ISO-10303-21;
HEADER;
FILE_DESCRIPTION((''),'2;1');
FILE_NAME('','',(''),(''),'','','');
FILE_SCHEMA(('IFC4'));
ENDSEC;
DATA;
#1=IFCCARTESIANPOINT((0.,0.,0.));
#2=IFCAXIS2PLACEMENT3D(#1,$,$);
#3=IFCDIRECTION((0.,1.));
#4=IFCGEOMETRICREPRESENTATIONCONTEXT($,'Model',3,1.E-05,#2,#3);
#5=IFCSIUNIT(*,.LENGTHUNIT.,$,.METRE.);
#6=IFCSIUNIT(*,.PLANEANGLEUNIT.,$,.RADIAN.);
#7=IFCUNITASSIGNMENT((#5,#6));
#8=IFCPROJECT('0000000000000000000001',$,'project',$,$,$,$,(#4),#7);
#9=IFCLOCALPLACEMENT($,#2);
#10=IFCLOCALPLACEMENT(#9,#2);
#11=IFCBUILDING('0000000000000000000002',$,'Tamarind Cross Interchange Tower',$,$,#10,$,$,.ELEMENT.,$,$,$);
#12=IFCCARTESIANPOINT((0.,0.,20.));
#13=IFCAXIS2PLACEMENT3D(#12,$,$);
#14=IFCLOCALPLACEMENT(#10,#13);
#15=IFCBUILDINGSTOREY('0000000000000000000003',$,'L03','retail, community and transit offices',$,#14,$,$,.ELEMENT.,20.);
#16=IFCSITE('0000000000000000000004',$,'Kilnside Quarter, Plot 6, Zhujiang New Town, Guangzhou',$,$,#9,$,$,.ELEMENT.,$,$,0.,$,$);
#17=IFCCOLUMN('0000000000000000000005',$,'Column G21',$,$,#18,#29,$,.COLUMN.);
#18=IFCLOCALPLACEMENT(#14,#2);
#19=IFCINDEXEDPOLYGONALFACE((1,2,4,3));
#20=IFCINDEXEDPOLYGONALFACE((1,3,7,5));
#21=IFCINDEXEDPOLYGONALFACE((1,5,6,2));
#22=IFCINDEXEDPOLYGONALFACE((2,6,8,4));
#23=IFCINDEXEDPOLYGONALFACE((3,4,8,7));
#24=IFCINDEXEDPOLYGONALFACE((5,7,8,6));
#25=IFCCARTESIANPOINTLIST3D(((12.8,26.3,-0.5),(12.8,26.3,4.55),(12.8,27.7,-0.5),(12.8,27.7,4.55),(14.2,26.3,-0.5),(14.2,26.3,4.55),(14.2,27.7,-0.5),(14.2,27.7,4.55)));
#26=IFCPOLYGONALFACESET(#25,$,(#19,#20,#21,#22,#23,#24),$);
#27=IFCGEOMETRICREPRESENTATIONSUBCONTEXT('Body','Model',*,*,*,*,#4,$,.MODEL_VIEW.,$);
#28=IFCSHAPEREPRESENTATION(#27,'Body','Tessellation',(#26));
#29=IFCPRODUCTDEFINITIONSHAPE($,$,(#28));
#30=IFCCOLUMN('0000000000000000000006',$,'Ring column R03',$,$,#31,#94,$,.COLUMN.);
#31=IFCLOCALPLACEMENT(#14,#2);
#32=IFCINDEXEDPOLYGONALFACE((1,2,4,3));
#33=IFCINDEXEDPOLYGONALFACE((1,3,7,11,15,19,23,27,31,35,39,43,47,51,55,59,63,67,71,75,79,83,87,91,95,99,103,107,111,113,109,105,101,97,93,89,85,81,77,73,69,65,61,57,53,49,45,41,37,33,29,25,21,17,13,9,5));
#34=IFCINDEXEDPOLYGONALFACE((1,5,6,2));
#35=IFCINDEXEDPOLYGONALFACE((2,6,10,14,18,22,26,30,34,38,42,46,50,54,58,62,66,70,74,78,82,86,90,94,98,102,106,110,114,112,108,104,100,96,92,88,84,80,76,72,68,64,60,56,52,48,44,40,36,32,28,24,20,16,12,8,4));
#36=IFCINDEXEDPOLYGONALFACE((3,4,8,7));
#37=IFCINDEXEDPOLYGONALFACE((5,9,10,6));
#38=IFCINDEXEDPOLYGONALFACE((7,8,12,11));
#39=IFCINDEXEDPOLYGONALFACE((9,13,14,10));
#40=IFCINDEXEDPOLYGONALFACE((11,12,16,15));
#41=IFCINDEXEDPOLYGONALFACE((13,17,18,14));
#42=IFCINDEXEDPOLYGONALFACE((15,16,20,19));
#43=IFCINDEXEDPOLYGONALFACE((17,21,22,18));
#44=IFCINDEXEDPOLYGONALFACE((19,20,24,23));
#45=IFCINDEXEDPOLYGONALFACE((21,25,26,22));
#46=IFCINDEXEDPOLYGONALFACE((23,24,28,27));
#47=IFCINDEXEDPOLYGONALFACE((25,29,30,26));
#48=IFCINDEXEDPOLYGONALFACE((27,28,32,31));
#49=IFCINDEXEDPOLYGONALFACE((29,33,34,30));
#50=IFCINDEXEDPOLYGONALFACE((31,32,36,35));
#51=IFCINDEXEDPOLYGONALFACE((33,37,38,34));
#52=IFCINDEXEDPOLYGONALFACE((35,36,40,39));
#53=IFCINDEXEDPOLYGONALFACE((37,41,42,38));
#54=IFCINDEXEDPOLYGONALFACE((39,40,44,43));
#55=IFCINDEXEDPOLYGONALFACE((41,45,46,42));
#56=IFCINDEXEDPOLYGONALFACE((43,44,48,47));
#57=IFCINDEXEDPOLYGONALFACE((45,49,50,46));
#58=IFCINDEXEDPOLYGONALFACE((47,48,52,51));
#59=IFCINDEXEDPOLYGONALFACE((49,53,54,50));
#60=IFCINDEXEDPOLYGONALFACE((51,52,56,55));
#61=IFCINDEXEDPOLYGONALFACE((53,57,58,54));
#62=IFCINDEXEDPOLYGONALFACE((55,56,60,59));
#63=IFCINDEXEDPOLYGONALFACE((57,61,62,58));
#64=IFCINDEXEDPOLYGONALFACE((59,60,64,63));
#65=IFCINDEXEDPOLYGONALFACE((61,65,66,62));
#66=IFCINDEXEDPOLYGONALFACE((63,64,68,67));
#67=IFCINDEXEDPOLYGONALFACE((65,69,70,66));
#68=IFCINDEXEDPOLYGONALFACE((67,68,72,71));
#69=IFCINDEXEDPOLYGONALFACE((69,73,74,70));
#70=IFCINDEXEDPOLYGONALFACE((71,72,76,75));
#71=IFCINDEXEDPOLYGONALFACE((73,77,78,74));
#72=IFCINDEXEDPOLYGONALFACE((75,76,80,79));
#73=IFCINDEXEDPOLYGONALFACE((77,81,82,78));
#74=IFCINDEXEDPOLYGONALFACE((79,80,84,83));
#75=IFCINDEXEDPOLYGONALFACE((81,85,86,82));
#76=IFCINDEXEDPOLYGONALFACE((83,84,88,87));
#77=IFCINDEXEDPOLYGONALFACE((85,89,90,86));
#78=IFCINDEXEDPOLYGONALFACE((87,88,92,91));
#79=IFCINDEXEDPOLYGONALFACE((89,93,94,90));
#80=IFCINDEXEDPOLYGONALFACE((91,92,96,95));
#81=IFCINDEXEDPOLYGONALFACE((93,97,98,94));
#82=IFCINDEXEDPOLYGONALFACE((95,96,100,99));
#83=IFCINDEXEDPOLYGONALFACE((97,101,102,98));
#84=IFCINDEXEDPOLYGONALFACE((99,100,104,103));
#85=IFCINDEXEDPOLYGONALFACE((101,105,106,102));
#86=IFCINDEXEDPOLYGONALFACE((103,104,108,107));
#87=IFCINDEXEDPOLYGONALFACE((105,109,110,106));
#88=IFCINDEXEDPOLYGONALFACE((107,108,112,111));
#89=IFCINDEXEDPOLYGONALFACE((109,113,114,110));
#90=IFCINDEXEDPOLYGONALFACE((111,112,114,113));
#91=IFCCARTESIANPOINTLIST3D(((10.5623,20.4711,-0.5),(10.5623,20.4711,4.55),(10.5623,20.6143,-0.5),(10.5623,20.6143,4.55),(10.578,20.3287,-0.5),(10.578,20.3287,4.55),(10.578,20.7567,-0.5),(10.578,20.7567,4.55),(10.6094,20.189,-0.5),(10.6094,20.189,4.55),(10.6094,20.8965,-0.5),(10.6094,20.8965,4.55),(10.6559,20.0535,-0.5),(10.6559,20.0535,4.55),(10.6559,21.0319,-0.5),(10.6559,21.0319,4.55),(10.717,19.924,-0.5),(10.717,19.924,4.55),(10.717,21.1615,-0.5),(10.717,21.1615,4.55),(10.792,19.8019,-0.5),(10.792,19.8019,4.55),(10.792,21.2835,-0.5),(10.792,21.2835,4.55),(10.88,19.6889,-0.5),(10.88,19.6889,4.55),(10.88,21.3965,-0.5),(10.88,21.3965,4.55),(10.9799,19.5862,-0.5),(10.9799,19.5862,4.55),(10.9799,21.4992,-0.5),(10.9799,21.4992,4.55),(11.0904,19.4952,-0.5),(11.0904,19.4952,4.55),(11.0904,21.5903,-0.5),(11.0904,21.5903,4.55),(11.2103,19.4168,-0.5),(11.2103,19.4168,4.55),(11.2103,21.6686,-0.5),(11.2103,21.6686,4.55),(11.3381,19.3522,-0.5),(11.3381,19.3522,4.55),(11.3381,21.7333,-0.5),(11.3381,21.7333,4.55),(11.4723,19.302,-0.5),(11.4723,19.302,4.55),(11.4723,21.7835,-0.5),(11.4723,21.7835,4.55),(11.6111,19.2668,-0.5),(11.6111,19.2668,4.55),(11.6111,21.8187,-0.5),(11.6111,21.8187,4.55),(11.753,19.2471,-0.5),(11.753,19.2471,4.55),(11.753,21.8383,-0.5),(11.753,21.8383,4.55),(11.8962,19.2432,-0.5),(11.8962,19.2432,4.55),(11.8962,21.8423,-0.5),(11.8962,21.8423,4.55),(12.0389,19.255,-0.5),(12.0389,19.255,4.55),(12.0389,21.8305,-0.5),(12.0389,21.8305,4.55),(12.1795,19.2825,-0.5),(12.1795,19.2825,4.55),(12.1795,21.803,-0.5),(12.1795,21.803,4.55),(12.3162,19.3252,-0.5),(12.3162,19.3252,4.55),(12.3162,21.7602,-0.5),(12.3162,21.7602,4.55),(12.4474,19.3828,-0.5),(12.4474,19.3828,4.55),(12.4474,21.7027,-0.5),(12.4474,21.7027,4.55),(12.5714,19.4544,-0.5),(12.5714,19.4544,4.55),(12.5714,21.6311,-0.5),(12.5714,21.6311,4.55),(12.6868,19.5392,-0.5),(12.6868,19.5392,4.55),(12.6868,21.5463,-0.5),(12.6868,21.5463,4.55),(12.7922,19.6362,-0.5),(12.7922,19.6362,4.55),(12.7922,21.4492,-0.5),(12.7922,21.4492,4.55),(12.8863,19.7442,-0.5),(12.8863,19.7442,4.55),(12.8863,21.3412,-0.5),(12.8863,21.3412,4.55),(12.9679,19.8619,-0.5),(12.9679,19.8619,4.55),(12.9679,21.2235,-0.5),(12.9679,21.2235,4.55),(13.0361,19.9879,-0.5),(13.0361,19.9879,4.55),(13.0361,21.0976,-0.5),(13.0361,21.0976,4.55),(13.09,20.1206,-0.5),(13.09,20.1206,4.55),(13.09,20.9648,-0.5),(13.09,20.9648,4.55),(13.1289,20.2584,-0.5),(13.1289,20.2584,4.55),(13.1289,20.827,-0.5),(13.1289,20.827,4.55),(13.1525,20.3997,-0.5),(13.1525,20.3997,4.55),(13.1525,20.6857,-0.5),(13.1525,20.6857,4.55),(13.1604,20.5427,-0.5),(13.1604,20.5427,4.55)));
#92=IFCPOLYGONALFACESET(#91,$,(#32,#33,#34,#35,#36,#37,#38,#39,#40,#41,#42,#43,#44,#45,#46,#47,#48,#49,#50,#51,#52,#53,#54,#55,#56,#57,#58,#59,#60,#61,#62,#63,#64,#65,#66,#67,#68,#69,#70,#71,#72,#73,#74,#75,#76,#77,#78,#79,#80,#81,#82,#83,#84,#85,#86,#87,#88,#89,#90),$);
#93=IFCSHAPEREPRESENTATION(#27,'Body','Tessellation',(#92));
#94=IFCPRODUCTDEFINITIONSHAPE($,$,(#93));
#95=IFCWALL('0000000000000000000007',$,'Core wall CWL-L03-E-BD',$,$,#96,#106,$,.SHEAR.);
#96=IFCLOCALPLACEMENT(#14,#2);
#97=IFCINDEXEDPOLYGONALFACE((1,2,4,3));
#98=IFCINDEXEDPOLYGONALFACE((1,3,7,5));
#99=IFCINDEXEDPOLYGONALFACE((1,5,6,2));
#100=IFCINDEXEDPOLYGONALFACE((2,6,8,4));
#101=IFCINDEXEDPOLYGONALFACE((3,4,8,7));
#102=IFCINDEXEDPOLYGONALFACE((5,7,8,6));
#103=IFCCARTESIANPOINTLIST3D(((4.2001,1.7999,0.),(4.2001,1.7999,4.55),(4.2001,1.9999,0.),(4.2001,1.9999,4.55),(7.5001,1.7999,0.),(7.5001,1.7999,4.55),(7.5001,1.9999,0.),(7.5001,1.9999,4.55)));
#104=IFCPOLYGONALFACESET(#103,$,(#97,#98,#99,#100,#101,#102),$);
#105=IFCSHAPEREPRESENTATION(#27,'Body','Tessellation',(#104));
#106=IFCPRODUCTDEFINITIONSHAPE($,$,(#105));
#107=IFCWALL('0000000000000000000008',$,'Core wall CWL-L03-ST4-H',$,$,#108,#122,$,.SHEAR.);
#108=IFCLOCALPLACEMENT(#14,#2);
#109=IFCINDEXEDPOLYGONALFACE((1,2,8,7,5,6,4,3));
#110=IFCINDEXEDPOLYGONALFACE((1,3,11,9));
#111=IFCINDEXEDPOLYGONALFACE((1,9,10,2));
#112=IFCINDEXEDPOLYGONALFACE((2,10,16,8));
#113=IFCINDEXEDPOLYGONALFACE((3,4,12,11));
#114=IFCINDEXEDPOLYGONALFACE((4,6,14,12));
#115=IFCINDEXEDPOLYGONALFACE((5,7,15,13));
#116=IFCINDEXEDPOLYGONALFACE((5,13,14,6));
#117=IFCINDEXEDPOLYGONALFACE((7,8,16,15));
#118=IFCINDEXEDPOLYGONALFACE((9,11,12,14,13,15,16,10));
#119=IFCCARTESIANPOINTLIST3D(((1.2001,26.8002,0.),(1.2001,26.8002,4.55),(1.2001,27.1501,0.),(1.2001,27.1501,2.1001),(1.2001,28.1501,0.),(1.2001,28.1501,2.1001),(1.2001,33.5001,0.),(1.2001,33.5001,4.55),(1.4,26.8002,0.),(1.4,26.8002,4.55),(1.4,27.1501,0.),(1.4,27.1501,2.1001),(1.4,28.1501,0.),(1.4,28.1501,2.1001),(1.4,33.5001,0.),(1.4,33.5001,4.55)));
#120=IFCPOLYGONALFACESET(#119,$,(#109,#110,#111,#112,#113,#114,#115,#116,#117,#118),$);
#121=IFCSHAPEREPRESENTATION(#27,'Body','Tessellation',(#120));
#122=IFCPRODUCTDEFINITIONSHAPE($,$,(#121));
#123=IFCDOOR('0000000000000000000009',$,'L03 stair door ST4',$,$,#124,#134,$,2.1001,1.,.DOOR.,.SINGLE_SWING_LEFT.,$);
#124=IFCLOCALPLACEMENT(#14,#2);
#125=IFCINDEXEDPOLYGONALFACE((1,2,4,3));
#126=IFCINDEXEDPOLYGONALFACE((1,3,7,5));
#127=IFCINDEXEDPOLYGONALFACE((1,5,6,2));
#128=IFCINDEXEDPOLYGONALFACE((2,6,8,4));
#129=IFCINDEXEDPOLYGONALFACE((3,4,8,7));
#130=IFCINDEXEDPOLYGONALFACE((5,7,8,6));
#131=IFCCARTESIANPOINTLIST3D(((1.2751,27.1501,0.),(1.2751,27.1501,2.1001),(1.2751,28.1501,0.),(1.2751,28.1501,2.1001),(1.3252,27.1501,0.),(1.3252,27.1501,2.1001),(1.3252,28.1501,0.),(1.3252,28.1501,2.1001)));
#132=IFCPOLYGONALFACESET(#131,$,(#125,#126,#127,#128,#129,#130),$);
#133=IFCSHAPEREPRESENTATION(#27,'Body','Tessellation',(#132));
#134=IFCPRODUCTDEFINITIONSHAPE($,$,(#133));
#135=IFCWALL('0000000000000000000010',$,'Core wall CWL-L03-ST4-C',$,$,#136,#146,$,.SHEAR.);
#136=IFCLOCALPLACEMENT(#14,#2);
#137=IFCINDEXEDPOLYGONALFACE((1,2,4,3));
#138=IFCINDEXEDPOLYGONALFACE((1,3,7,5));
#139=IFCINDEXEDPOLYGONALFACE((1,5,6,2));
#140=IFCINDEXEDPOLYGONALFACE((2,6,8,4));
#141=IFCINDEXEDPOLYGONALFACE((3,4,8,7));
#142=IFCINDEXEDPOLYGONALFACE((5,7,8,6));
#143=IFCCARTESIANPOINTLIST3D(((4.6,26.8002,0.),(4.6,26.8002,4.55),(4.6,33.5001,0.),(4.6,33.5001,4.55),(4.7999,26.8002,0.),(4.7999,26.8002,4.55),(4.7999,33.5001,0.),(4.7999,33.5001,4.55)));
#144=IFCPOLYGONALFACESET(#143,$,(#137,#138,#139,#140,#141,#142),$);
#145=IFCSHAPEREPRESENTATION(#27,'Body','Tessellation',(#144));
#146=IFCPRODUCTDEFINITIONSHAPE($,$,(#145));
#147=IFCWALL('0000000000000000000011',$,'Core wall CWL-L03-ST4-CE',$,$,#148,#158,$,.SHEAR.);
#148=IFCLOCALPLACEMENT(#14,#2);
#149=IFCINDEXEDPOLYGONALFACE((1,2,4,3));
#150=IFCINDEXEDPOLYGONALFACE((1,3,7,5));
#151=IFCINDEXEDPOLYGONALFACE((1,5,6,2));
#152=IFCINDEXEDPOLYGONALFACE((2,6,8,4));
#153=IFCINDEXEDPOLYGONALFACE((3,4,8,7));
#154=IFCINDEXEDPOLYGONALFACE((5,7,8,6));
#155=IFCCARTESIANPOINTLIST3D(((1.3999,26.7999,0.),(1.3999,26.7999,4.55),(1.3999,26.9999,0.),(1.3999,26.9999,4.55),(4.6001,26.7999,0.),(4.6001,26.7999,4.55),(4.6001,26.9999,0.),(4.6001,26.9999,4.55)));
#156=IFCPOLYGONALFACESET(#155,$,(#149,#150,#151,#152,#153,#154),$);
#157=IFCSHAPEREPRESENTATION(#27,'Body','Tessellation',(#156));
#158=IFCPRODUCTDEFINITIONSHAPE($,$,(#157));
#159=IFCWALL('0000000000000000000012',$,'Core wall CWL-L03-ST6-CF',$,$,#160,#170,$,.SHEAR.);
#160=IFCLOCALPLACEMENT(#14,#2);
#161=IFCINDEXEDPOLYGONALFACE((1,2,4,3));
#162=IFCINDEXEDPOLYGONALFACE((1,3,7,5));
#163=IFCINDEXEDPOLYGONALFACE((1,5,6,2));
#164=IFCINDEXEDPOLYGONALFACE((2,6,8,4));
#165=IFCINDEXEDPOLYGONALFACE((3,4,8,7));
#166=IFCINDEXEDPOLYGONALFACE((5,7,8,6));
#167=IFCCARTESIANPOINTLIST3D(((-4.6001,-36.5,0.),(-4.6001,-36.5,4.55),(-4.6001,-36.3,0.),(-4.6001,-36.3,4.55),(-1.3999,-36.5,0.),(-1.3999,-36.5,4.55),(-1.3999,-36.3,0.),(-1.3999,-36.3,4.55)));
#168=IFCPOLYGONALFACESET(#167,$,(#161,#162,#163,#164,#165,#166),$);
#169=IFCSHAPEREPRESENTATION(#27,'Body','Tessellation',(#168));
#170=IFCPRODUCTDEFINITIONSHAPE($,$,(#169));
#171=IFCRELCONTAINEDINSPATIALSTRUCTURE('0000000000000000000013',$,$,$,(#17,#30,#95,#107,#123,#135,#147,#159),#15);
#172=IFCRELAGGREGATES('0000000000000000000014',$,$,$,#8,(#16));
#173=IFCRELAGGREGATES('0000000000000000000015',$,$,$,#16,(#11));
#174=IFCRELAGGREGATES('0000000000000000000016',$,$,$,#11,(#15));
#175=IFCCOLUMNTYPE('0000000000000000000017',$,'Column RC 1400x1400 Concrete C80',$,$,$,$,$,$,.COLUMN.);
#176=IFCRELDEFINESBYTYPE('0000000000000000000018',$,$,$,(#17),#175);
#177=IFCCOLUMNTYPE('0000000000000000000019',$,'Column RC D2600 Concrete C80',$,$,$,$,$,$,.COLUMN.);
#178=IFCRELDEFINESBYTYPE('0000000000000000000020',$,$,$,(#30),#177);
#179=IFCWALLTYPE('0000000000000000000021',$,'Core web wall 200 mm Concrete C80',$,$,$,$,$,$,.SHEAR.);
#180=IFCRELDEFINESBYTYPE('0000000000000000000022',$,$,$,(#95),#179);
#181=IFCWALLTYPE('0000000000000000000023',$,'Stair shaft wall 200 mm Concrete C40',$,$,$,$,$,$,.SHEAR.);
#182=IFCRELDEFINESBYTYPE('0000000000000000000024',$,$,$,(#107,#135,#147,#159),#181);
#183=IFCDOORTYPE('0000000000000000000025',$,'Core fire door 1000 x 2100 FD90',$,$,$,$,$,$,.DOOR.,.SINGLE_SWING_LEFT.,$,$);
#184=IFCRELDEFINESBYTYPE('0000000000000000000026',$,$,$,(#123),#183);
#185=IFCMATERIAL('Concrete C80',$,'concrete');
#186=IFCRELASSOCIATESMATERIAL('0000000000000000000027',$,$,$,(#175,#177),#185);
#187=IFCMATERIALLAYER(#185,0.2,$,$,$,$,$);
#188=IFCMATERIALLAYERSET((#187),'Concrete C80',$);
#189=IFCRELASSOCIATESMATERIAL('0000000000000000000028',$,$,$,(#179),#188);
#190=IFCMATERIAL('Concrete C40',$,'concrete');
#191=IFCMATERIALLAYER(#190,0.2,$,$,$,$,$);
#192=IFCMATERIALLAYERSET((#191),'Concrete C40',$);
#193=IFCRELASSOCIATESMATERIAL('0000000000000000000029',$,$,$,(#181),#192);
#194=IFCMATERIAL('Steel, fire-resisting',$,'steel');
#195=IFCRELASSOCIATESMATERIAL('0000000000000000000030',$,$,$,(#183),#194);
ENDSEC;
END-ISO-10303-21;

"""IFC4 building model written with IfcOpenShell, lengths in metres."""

from ifc_helpers import new_model, si_unit, direction, frame, frame_2d, origin, origin_2d, place, context, subcontext, project, spatial, polyline, rectangle, circle, outline, extrude, material, layer, layer_set, material_profile, profile_set, type_object, element, fill, save


model = new_model("IFC4")

# Units and contexts
model_context = context("Model", 3, precision=1e-05, world=origin(), true_north=direction((0.0, 1.0)))
body_context = subcontext(model_context, "Body", "Model", "MODEL_VIEW")
ifc_project = project(units=[si_unit("LENGTHUNIT", "METRE"), si_unit("PLANEANGLEUNIT", "RADIAN")], contexts=[model_context])

# Site, building, storey
site_placement = place(None, origin())
site = spatial("IfcSite", under=ifc_project, at=site_placement, Name="Kilnside Quarter, Plot 6, Zhujiang New Town, Guangzhou", CompositionType="ELEMENT", RefElevation=0.0)
building_placement = place(site_placement, origin())
building = spatial("IfcBuilding", under=site, at=building_placement, Name="Tamarind Cross Interchange Tower", CompositionType="ELEMENT")
storey_placement = place(building_placement, frame((0.0, 0.0, 20.0)))
storey = spatial("IfcBuildingStorey", under=building, at=storey_placement, Name="L03", Description="retail, community and transit offices", CompositionType="ELEMENT", Elevation=20.0)

# Columns
ifc_material_1 = material(Name="Concrete C80", Category="concrete")
ifc_material_profile_1 = material_profile(ifc_material_1, rectangle(XDim=1.3999, YDim=1.3999, at=origin_2d()), Name="RC 1400x1400")
ifc_profile_set_1 = profile_set([ifc_material_profile_1], Name="Concrete C80")
column_type_1 = type_object("IfcColumnType", Name="Column RC 1400x1400 Concrete C80", PredefinedType="COLUMN", material=ifc_profile_set_1)
column_1_placement = place(storey_placement, frame((13.5, 27.0, -0.5), z_axis=(0.0, 0.0, 1.0), x_axis=(1.0, 0.0, 0.0)))
element("IfcColumn", 1, at=column_1_placement, inside=storey, type_object=column_type_1, Name="Column G21", PredefinedType="COLUMN", context=body_context, shape_type="SweptSolid", body=[
    extrude(rectangle(XDim=1.3999, YDim=1.3999, at=origin_2d()), origin(), (0.0, 0.0, 1.0), 5.05),
])
ifc_material_profile_2 = material_profile(ifc_material_1, circle(Radius=1.3, at=origin_2d()), Name="RC D2600")
ifc_profile_set_2 = profile_set([ifc_material_profile_2], Name="Concrete C80")
column_type_2 = type_object("IfcColumnType", Name="Column RC D2600 Concrete C80", PredefinedType="COLUMN", material=ifc_profile_set_2)
column_2_placement = place(storey_placement, frame((11.8604, 20.5427, -0.5), z_axis=(0.0, 0.0, 1.0), x_axis=(1.0, 0.0, 0.0)))
element("IfcColumn", 2, at=column_2_placement, inside=storey, type_object=column_type_2, Name="Ring column R03", PredefinedType="COLUMN", context=body_context, shape_type="SweptSolid", body=[
    extrude(circle(Radius=1.3, at=origin_2d()), origin(), (0.0, 0.0, 1.0), 5.05),
])

# Wall
ifc_layer_1 = layer(ifc_material_1, 0.2)
ifc_layer_set_1 = layer_set([ifc_layer_1], Name="Concrete C80")
wall_type_1 = type_object("IfcWallType", Name="Core web wall 200 mm Concrete C80", PredefinedType="SHEAR", material=ifc_layer_set_1)
wall_1_placement = place(storey_placement, frame((7.5, 1.8999, 0.0), z_axis=(0.0, 0.0, 1.0), x_axis=(-1.0, 0.0, 0.0)))
element("IfcWall", 3, at=wall_1_placement, inside=storey, type_object=wall_type_1, Name="Core wall CWL-L03-E-BD", PredefinedType="SHEAR", context=body_context, shape_type="SweptSolid", body=[
    extrude(rectangle(XDim=3.3, YDim=0.2, at=frame_2d((1.6499, 0.0))), origin(), (0.0, 0.0, 1.0), 4.55),
])

# Wall, opening, door
ifc_material_2 = material(Name="Concrete C40", Category="concrete")
ifc_layer_2 = layer(ifc_material_2, 0.2)
ifc_layer_set_2 = layer_set([ifc_layer_2], Name="Concrete C40")
wall_type_2 = type_object("IfcWallType", Name="Stair shaft wall 200 mm Concrete C40", PredefinedType="SHEAR", material=ifc_layer_set_2)
wall_2_placement = place(storey_placement, frame((1.3, 26.8, 0.0), z_axis=(0.0, 0.0, 1.0), x_axis=(0.0, 1.0, 0.0)))
wall_2 = element("IfcWall", 4, at=wall_2_placement, inside=storey, type_object=wall_type_2, Name="Core wall CWL-L03-ST4-H", PredefinedType="SHEAR", context=body_context, shape_type="SweptSolid", body=[
    extrude(rectangle(XDim=6.7, YDim=0.2, at=frame_2d((3.3501, 0.0))), origin(), (0.0, 0.0, 1.0), 4.55),
])
opening_placement = place(wall_2_placement, frame((0.3501, 0.0, 0.0)))
opening = element("IfcOpeningElement", 5, at=opening_placement, cuts=wall_2, PredefinedType="OPENING", context=body_context, shape_type="SweptSolid", body=[
    extrude(rectangle(XDim=1.0, YDim=2.1001, at=frame_2d((0.5, 1.05))), frame((0.0, 0.1099, 0.0), z_axis=(0.0, -1.0, 0.0), x_axis=(1.0, 0.0, 0.0)), (0.0, 0.0, 1.0), 0.22),
])
ifc_material_3 = material(Name="Steel, fire-resisting", Category="steel")
door_type = type_object("IfcDoorType", Name="Core fire door 1000 x 2100 FD90", OperationType="SINGLE_SWING_LEFT", PredefinedType="DOOR", material=ifc_material_3)
door_placement = place(opening_placement, origin())
door = element("IfcDoor", 6, at=door_placement, inside=storey, type_object=door_type, Name="L03 stair door ST4", OperationType="SINGLE_SWING_LEFT", OverallHeight=2.1001, OverallWidth=1.0, PredefinedType="DOOR", context=body_context, shape_type="SweptSolid", body=[
    extrude(rectangle(XDim=1.0, YDim=2.1001, at=frame_2d((0.5, 1.05))), frame((0.0, 0.0249, 0.0), z_axis=(0.0, -1.0, 0.0), x_axis=(1.0, 0.0, 0.0)), (0.0, 0.0, 1.0), 0.05),
])
fill(opening, door)

# Walls
wall_3_placement = place(storey_placement, frame((4.7, 26.8, 0.0), z_axis=(0.0, 0.0, 1.0), x_axis=(0.0, 1.0, 0.0)))
element("IfcWall", 7, at=wall_3_placement, inside=storey, type_object=wall_type_2, Name="Core wall CWL-L03-ST4-C", PredefinedType="SHEAR", context=body_context, shape_type="SweptSolid", body=[
    extrude(rectangle(XDim=6.7, YDim=0.2, at=frame_2d((3.3501, 0.0))), origin(), (0.0, 0.0, 1.0), 4.55),
])
wall_4_placement = place(storey_placement, frame((4.6001, 26.8999, 0.0), z_axis=(0.0, 0.0, 1.0), x_axis=(-1.0, 0.0, 0.0)))
element("IfcWall", 8, at=wall_4_placement, inside=storey, type_object=wall_type_2, Name="Core wall CWL-L03-ST4-CE", PredefinedType="SHEAR", context=body_context, shape_type="SweptSolid", body=[
    extrude(rectangle(XDim=3.2002, YDim=0.2, at=frame_2d((1.6001, 0.0))), origin(), (0.0, 0.0, 1.0), 4.55),
])
wall_5_placement = place(storey_placement, origin())
element("IfcWall", 9, at=wall_5_placement, inside=storey, type_object=wall_type_2, Name="Core wall CWL-L03-ST6-CF", PredefinedType="SHEAR", context=body_context, shape_type="SweptSolid", body=[
    extrude(outline(polyline([(-4.6001, -36.3), (-4.6001, -36.5), (-1.3999, -36.5), (-1.3999, -36.3), (-4.6001, -36.3)])), origin(), (0.0, 0.0, 1.0), 4.55),
])

save(model, "model.ifc")
